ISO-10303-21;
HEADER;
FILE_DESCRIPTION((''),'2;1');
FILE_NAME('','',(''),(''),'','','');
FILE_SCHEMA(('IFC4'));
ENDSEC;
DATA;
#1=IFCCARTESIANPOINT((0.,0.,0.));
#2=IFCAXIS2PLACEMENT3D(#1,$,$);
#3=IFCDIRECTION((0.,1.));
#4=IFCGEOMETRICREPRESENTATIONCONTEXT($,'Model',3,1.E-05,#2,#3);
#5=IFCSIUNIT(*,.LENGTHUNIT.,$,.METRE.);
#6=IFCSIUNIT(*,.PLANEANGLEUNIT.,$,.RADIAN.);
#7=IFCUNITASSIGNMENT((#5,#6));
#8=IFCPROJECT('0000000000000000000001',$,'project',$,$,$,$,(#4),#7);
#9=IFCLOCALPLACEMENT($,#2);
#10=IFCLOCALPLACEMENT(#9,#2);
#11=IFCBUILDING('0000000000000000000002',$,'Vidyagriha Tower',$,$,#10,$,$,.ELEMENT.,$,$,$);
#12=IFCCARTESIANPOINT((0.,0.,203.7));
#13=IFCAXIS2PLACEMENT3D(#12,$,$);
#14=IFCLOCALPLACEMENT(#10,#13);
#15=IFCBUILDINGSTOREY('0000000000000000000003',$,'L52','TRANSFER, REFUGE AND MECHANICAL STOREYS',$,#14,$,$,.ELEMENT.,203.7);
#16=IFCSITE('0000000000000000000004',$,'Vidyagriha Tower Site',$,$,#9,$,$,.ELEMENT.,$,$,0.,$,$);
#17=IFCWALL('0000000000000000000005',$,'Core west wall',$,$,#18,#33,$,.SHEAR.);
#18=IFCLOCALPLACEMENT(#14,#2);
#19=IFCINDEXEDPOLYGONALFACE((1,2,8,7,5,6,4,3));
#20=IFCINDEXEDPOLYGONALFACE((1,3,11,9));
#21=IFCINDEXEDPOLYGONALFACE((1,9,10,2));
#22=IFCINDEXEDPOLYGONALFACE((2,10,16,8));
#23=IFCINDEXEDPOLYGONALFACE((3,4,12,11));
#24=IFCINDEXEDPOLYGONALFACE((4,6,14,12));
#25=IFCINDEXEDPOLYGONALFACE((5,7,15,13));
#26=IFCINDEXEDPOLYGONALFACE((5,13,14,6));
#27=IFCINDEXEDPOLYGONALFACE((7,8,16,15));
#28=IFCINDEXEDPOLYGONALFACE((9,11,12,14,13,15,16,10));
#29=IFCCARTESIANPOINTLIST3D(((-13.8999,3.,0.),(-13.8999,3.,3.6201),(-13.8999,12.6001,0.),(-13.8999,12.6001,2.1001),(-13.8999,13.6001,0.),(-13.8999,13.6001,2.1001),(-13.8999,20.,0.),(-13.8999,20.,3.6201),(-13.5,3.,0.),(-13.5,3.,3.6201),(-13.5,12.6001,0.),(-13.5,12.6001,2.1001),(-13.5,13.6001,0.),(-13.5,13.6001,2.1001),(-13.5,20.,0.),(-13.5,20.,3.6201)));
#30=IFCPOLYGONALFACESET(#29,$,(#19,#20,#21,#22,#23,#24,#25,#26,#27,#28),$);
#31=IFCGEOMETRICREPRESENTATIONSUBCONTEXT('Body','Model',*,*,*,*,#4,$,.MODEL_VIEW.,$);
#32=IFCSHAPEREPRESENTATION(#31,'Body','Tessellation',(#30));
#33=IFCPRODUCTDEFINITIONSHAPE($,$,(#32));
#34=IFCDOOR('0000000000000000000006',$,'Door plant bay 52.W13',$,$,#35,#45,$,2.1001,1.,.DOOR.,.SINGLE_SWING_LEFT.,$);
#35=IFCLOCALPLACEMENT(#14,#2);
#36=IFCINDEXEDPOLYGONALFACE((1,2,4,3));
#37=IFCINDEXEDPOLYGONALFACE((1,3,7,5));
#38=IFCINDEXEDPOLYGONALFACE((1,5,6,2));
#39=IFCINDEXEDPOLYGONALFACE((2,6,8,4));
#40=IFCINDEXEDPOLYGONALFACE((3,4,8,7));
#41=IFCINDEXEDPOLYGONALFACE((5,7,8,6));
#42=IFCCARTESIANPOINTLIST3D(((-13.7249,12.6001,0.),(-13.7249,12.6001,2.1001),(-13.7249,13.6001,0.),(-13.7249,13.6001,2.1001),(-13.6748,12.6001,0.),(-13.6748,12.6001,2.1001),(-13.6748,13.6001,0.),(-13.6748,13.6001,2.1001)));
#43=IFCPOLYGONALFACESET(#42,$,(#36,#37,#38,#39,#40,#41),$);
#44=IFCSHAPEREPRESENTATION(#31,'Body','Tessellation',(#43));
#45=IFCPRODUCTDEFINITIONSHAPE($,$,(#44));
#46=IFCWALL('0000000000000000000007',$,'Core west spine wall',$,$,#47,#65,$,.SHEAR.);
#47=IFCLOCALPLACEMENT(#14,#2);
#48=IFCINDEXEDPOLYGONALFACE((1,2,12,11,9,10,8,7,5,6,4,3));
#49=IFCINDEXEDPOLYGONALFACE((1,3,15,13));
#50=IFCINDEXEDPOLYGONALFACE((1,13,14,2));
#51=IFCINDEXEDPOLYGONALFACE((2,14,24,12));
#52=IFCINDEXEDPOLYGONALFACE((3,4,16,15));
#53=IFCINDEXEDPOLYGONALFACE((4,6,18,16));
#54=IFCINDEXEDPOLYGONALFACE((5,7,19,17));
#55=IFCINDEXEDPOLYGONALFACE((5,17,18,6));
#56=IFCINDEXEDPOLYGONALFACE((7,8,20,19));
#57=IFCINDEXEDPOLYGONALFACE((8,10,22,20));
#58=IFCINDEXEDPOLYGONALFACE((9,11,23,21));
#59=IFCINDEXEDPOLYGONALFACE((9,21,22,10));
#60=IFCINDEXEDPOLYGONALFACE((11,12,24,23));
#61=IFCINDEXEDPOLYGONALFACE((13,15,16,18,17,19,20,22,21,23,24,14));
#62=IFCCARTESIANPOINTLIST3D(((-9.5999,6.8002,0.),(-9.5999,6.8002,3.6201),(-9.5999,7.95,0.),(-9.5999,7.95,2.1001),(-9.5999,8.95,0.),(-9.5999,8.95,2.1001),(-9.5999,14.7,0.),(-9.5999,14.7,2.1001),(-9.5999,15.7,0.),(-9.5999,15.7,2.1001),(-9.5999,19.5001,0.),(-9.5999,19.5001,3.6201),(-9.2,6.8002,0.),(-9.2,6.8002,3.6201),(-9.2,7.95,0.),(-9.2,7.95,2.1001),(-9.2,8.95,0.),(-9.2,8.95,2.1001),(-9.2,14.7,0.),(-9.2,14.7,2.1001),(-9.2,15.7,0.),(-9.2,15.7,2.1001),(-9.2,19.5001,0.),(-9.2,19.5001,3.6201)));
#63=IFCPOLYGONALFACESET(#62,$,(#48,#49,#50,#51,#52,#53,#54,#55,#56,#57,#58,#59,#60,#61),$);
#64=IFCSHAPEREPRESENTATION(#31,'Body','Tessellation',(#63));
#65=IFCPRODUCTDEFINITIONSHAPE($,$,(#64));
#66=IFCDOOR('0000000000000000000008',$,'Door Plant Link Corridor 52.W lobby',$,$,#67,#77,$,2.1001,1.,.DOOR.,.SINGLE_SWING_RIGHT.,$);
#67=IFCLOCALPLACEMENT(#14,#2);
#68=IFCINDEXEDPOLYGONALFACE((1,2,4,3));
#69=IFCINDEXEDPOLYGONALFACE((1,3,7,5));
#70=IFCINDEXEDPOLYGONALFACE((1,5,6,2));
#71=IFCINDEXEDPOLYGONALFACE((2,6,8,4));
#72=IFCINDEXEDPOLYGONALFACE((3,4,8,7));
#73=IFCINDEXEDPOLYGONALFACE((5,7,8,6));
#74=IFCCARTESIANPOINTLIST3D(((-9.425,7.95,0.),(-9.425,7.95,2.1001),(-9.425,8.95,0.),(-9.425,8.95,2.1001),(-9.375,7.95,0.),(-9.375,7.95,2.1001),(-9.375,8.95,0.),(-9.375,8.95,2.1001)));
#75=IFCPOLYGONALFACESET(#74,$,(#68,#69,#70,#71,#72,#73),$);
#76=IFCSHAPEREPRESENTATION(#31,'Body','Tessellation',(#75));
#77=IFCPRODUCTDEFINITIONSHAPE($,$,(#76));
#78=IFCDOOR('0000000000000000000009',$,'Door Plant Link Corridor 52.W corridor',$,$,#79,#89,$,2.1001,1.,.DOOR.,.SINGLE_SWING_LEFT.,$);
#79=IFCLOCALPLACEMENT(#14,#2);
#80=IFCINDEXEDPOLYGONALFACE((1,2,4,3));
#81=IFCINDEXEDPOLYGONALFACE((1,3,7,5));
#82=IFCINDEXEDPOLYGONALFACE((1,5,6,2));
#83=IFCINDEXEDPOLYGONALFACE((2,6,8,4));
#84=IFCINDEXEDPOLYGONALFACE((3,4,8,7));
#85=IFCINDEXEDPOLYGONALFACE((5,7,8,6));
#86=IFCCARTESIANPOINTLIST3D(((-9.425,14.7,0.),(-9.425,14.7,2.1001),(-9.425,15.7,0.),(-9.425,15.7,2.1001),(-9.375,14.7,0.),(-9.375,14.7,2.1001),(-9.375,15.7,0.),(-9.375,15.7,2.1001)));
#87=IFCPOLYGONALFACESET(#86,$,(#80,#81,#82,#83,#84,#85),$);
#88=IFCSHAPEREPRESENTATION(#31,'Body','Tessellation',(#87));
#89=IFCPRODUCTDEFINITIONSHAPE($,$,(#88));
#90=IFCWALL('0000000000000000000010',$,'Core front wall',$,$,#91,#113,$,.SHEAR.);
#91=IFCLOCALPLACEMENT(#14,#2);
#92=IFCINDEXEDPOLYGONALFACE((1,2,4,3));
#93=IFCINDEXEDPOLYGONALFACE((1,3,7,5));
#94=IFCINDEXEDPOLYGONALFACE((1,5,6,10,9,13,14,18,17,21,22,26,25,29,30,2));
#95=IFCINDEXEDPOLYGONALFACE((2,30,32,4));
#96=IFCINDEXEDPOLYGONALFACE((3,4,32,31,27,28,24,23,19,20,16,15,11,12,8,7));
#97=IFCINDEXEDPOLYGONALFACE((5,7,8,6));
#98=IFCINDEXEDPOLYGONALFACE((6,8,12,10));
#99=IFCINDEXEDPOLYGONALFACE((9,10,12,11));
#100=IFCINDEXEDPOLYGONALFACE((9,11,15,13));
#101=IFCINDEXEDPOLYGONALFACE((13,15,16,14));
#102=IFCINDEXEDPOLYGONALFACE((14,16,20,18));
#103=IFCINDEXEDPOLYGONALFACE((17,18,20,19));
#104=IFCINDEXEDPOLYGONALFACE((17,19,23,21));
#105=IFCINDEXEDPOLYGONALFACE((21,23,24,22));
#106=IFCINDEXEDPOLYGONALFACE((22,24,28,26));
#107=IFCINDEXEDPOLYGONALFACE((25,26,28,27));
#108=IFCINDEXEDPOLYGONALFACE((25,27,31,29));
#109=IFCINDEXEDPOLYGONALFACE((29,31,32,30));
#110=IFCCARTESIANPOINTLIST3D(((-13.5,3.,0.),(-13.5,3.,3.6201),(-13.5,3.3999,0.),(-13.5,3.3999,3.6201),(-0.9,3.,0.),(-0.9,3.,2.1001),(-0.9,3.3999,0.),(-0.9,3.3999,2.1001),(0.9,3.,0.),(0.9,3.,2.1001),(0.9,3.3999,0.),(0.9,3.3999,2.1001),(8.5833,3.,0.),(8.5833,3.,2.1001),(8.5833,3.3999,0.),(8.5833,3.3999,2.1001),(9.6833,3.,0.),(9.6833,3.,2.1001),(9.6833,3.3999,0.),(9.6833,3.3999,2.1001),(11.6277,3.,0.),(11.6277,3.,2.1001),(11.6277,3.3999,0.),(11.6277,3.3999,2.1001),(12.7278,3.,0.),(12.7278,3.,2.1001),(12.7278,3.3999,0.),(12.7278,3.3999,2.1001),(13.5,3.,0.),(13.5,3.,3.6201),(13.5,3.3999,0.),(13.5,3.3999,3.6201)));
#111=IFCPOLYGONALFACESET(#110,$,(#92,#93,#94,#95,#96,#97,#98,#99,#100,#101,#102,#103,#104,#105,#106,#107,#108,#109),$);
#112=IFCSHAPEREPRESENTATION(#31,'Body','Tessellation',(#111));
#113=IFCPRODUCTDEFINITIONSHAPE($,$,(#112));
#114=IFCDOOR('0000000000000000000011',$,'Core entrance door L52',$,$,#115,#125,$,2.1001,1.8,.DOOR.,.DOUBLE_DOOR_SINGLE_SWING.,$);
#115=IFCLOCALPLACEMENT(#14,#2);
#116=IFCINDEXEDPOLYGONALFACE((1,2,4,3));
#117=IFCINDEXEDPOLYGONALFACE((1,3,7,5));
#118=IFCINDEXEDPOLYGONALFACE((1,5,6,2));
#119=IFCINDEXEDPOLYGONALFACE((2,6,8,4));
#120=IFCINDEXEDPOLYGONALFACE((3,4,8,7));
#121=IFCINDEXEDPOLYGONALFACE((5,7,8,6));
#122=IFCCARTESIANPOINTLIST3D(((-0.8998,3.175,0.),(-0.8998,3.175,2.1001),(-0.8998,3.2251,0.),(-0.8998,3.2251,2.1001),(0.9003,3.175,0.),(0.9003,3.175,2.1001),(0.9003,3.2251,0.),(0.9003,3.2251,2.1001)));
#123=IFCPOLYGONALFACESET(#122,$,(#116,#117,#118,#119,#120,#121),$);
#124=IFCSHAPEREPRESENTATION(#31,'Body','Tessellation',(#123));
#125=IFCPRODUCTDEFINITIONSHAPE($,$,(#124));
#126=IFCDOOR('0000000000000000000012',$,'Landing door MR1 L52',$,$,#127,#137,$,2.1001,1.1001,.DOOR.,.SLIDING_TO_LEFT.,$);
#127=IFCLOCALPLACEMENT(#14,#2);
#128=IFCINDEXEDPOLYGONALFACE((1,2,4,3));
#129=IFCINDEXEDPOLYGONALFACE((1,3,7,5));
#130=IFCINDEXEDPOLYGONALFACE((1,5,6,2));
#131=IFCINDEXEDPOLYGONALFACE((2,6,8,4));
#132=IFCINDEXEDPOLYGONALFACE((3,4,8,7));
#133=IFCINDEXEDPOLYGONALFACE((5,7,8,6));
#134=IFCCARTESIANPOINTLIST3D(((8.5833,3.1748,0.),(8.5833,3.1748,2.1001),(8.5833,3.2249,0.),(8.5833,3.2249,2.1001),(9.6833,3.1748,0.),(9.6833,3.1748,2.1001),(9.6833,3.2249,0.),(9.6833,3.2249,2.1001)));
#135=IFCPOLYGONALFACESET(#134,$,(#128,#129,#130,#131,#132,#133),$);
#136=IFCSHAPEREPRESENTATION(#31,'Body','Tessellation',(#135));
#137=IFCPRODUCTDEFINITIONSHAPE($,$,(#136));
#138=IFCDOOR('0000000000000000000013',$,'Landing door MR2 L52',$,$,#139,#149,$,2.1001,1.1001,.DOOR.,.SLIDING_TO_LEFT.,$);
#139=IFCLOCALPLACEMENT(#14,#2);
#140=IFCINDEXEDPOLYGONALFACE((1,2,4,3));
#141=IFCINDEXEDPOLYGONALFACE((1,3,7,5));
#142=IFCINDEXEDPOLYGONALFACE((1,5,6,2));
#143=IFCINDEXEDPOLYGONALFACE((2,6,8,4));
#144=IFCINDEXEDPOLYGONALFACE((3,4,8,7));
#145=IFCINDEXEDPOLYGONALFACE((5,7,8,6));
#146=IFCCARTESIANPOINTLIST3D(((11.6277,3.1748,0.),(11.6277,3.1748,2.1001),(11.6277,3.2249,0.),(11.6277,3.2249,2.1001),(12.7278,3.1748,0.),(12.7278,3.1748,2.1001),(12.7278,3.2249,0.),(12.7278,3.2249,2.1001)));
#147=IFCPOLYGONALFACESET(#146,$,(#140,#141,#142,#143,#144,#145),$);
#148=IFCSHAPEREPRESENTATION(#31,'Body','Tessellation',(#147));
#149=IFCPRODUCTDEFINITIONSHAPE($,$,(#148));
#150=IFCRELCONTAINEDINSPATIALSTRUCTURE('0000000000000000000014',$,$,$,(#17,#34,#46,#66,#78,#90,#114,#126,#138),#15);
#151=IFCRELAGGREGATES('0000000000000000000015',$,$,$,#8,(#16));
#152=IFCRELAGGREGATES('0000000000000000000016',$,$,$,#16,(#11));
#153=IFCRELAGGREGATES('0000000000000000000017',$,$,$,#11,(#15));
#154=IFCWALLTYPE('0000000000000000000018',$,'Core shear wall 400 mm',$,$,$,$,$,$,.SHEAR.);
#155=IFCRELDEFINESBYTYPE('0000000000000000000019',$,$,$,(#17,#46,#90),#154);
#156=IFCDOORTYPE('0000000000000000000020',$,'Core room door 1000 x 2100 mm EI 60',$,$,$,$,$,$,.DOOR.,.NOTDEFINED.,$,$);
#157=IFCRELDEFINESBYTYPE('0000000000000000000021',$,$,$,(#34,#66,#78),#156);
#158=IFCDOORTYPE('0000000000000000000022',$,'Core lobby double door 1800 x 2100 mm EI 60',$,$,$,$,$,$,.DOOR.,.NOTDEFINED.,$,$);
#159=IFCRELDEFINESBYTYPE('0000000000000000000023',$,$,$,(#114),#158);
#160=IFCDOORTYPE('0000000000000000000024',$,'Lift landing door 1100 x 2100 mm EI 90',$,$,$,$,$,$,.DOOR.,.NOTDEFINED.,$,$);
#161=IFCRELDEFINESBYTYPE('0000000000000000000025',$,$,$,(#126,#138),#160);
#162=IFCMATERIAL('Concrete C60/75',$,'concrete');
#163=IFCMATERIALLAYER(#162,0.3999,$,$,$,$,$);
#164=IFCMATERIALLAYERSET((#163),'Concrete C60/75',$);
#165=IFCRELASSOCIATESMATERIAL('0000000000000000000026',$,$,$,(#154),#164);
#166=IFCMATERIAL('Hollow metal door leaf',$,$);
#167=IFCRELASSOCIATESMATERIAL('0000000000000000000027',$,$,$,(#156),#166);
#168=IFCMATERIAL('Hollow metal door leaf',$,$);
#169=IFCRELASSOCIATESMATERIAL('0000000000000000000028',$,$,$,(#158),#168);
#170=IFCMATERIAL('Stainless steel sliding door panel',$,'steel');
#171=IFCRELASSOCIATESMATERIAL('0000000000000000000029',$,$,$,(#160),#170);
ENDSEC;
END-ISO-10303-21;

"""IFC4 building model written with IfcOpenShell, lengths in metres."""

from ifc_helpers import new_model, si_unit, direction, frame, frame_2d, origin, place, context, subcontext, project, spatial, rectangle, extrude, material, layer, layer_set, type_object, element, fill, save


model = new_model("IFC4")

# Units and contexts
model_context = context("Model", 3, precision=1e-05, world=origin(), true_north=direction((0.0, 1.0)))
body_context = subcontext(model_context, "Body", "Model", "MODEL_VIEW")
ifc_project = project(units=[si_unit("LENGTHUNIT", "METRE"), si_unit("PLANEANGLEUNIT", "RADIAN")], contexts=[model_context])

# Site, building, storey
site_placement = place(None, origin())
site = spatial("IfcSite", under=ifc_project, at=site_placement, Name="Vidyagriha Tower Site", CompositionType="ELEMENT", RefElevation=0.0)
building_placement = place(site_placement, origin())
building = spatial("IfcBuilding", under=site, at=building_placement, Name="Vidyagriha Tower", CompositionType="ELEMENT")
storey_placement = place(building_placement, frame((0.0, 0.0, 203.7)))
storey = spatial("IfcBuildingStorey", under=building, at=storey_placement, Name="L52", Description="TRANSFER, REFUGE AND MECHANICAL STOREYS", CompositionType="ELEMENT", Elevation=203.7)

# Wall, opening, door
ifc_material_1 = material(Name="Concrete C60/75", Category="concrete")
ifc_layer_1 = layer(ifc_material_1, 0.3999)
ifc_layer_set_1 = layer_set([ifc_layer_1], Name="Concrete C60/75")
wall_type_1 = type_object("IfcWallType", Name="Core shear wall 400 mm", PredefinedType="SHEAR", material=ifc_layer_set_1)
wall_1_placement = place(storey_placement, frame((-13.7, 3.0, 0.0), z_axis=(0.0, 0.0, 1.0), x_axis=(0.0, 1.0, 0.0)))
wall_1 = element("IfcWall", 1, at=wall_1_placement, inside=storey, type_object=wall_type_1, Name="Core west wall", PredefinedType="SHEAR", context=body_context, shape_type="SweptSolid", body=[
    extrude(rectangle(XDim=17.0, YDim=0.3999, at=frame_2d((8.5, 0.0))), origin(), (0.0, 0.0, 1.0), 3.6201),
])
opening_1_placement = place(wall_1_placement, frame((9.6001, 0.0, 0.0)))
opening_1 = element("IfcOpeningElement", 2, at=opening_1_placement, cuts=wall_1, PredefinedType="OPENING", context=body_context, shape_type="SweptSolid", body=[
    extrude(rectangle(XDim=1.0, YDim=2.1001, at=frame_2d((0.5, 1.05))), frame((0.0, 0.21, 0.0), z_axis=(0.0, -1.0, 0.0), x_axis=(1.0, 0.0, 0.0)), (0.0, 0.0, 1.0), 0.4199),
])
ifc_material_2 = material(Name="Hollow metal door leaf")
door_type_1 = type_object("IfcDoorType", Name="Core room door 1000 x 2100 mm EI 60", OperationType="NOTDEFINED", PredefinedType="DOOR", material=ifc_material_2)
door_1_placement = place(opening_1_placement, origin())
door_1 = element("IfcDoor", 3, at=door_1_placement, inside=storey, type_object=door_type_1, Name="Door plant bay 52.W13", OperationType="SINGLE_SWING_LEFT", OverallHeight=2.1001, OverallWidth=1.0, PredefinedType="DOOR", context=body_context, shape_type="SweptSolid", body=[
    extrude(rectangle(XDim=1.0, YDim=2.1001, at=frame_2d((0.5, 1.05))), frame((0.0, 0.0249, 0.0), z_axis=(0.0, -1.0, 0.0), x_axis=(1.0, 0.0, 0.0)), (0.0, 0.0, 1.0), 0.05),
])
fill(opening_1, door_1)

# Walls, openings, doors
wall_2_placement = place(storey_placement, frame((-9.3999, 6.8, 0.0), z_axis=(0.0, 0.0, 1.0), x_axis=(0.0, 1.0, 0.0)))
wall_2 = element("IfcWall", 4, at=wall_2_placement, inside=storey, type_object=wall_type_1, Name="Core west spine wall", PredefinedType="SHEAR", context=body_context, shape_type="SweptSolid", body=[
    extrude(rectangle(XDim=12.7, YDim=0.3999, at=frame_2d((6.3501, 0.0))), origin(), (0.0, 0.0, 1.0), 3.6201),
])
opening_2_placement = place(wall_2_placement, frame((1.1499, 0.0, 0.0)))
opening_2 = element("IfcOpeningElement", 5, at=opening_2_placement, cuts=wall_2, PredefinedType="OPENING", context=body_context, shape_type="SweptSolid", body=[
    extrude(rectangle(XDim=1.0, YDim=2.1001, at=frame_2d((0.5, 1.05))), frame((0.0, 0.21, 0.0), z_axis=(0.0, -1.0, 0.0), x_axis=(1.0, 0.0, 0.0)), (0.0, 0.0, 1.0), 0.4199),
])
opening_3_placement = place(wall_2_placement, frame((7.8999, 0.0, 0.0)))
opening_3 = element("IfcOpeningElement", 6, at=opening_3_placement, cuts=wall_2, PredefinedType="OPENING", context=body_context, shape_type="SweptSolid", body=[
    extrude(rectangle(XDim=1.0, YDim=2.1001, at=frame_2d((0.5, 1.05))), frame((0.0, 0.21, 0.0), z_axis=(0.0, -1.0, 0.0), x_axis=(1.0, 0.0, 0.0)), (0.0, 0.0, 1.0), 0.4199),
])
door_2_placement = place(opening_2_placement, frame((1.0, 0.0, 0.0), z_axis=(0.0, 0.0, 1.0), x_axis=(-1.0, 0.0, 0.0)))
door_2 = element("IfcDoor", 7, at=door_2_placement, inside=storey, type_object=door_type_1, Name="Door Plant Link Corridor 52.W lobby", OperationType="SINGLE_SWING_RIGHT", OverallHeight=2.1001, OverallWidth=1.0, PredefinedType="DOOR", context=body_context, shape_type="SweptSolid", body=[
    extrude(rectangle(XDim=1.0, YDim=2.1001, at=frame_2d((0.5, 1.05))), frame((0.0, 0.0249, 0.0), z_axis=(0.0, -1.0, 0.0), x_axis=(1.0, 0.0, 0.0)), (0.0, 0.0, 1.0), 0.05),
])
fill(opening_2, door_2)
door_3_placement = place(opening_3_placement, frame((1.0, 0.0, 0.0), z_axis=(0.0, 0.0, 1.0), x_axis=(-1.0, 0.0, 0.0)))
door_3 = element("IfcDoor", 8, at=door_3_placement, inside=storey, type_object=door_type_1, Name="Door Plant Link Corridor 52.W corridor", OperationType="SINGLE_SWING_LEFT", OverallHeight=2.1001, OverallWidth=1.0, PredefinedType="DOOR", context=body_context, shape_type="SweptSolid", body=[
    extrude(rectangle(XDim=1.0, YDim=2.1001, at=frame_2d((0.5, 1.05))), frame((0.0, 0.0249, 0.0), z_axis=(0.0, -1.0, 0.0), x_axis=(1.0, 0.0, 0.0)), (0.0, 0.0, 1.0), 0.05),
])
fill(opening_3, door_3)
wall_3_placement = place(storey_placement, frame((-13.5, 3.2, 0.0)))
wall_3 = element("IfcWall", 9, at=wall_3_placement, inside=storey, type_object=wall_type_1, Name="Core front wall", PredefinedType="SHEAR", context=body_context, shape_type="SweptSolid", body=[
    extrude(rectangle(XDim=27.0, YDim=0.3999, at=frame_2d((13.5, 0.0))), origin(), (0.0, 0.0, 1.0), 3.6201),
])
opening_4_placement = place(wall_3_placement, frame((22.0833, 0.0, 0.0)))
opening_4 = element("IfcOpeningElement", 10, at=opening_4_placement, cuts=wall_3, PredefinedType="OPENING", context=body_context, shape_type="SweptSolid", body=[
    extrude(rectangle(XDim=1.1001, YDim=2.1001, at=frame_2d((0.55, 1.05))), frame((0.0, 0.21, 0.0), z_axis=(0.0, -1.0, 0.0), x_axis=(1.0, 0.0, 0.0)), (0.0, 0.0, 1.0), 0.4199),
])
opening_5_placement = place(wall_3_placement, frame((25.1277, 0.0, 0.0)))
opening_5 = element("IfcOpeningElement", 11, at=opening_5_placement, cuts=wall_3, PredefinedType="OPENING", context=body_context, shape_type="SweptSolid", body=[
    extrude(rectangle(XDim=1.1001, YDim=2.1001, at=frame_2d((0.55, 1.05))), frame((0.0, 0.21, 0.0), z_axis=(0.0, -1.0, 0.0), x_axis=(1.0, 0.0, 0.0)), (0.0, 0.0, 1.0), 0.4199),
])
opening_6_placement = place(wall_3_placement, frame((12.6001, 0.0, 0.0)))
opening_6 = element("IfcOpeningElement", 12, at=opening_6_placement, cuts=wall_3, PredefinedType="OPENING", context=body_context, shape_type="SweptSolid", body=[
    extrude(rectangle(XDim=1.8, YDim=2.1001, at=frame_2d((0.8999, 1.05))), frame((0.0, 0.21, 0.0), z_axis=(0.0, -1.0, 0.0), x_axis=(1.0, 0.0, 0.0)), (0.0, 0.0, 1.0), 0.4199),
])
ifc_material_3 = material(Name="Hollow metal door leaf")
door_type_2 = type_object("IfcDoorType", Name="Core lobby double door 1800 x 2100 mm EI 60", OperationType="NOTDEFINED", PredefinedType="DOOR", material=ifc_material_3)
door_4_placement = place(opening_6_placement, frame((1.8, 0.0, 0.0), z_axis=(0.0, 0.0, 1.0), x_axis=(-1.0, 0.0, 0.0)))
door_4 = element("IfcDoor", 13, at=door_4_placement, inside=storey, type_object=door_type_2, Name="Core entrance door L52", OperationType="DOUBLE_DOOR_SINGLE_SWING", OverallHeight=2.1001, OverallWidth=1.8, PredefinedType="DOOR", context=body_context, shape_type="SweptSolid", body=[
    extrude(rectangle(XDim=1.8, YDim=2.1001, at=frame_2d((0.8999, 1.05))), frame((0.0, 0.0249, 0.0), z_axis=(0.0, -1.0, 0.0), x_axis=(1.0, 0.0, 0.0)), (0.0, 0.0, 1.0), 0.05),
])
fill(opening_6, door_4)
ifc_material_4 = material(Name="Stainless steel sliding door panel", Category="steel")
door_type_3 = type_object("IfcDoorType", Name="Lift landing door 1100 x 2100 mm EI 90", OperationType="NOTDEFINED", PredefinedType="DOOR", material=ifc_material_4)
door_5_placement = place(opening_4_placement, origin())
door_5 = element("IfcDoor", 14, at=door_5_placement, inside=storey, type_object=door_type_3, Name="Landing door MR1 L52", OperationType="SLIDING_TO_LEFT", OverallHeight=2.1001, OverallWidth=1.1001, PredefinedType="DOOR", context=body_context, shape_type="SweptSolid", body=[
    extrude(rectangle(XDim=1.1001, YDim=2.1001, at=frame_2d((0.55, 1.05))), frame((0.0, 0.0249, 0.0), z_axis=(0.0, -1.0, 0.0), x_axis=(1.0, 0.0, 0.0)), (0.0, 0.0, 1.0), 0.05),
])
fill(opening_4, door_5)
door_6_placement = place(opening_5_placement, origin())
door_6 = element("IfcDoor", 15, at=door_6_placement, inside=storey, type_object=door_type_3, Name="Landing door MR2 L52", OperationType="SLIDING_TO_LEFT", OverallHeight=2.1001, OverallWidth=1.1001, PredefinedType="DOOR", context=body_context, shape_type="SweptSolid", body=[
    extrude(rectangle(XDim=1.1001, YDim=2.1001, at=frame_2d((0.55, 1.05))), frame((0.0, 0.0249, 0.0), z_axis=(0.0, -1.0, 0.0), x_axis=(1.0, 0.0, 0.0)), (0.0, 0.0, 1.0), 0.05),
])
fill(opening_5, door_6)

save(model, "model.ifc")
